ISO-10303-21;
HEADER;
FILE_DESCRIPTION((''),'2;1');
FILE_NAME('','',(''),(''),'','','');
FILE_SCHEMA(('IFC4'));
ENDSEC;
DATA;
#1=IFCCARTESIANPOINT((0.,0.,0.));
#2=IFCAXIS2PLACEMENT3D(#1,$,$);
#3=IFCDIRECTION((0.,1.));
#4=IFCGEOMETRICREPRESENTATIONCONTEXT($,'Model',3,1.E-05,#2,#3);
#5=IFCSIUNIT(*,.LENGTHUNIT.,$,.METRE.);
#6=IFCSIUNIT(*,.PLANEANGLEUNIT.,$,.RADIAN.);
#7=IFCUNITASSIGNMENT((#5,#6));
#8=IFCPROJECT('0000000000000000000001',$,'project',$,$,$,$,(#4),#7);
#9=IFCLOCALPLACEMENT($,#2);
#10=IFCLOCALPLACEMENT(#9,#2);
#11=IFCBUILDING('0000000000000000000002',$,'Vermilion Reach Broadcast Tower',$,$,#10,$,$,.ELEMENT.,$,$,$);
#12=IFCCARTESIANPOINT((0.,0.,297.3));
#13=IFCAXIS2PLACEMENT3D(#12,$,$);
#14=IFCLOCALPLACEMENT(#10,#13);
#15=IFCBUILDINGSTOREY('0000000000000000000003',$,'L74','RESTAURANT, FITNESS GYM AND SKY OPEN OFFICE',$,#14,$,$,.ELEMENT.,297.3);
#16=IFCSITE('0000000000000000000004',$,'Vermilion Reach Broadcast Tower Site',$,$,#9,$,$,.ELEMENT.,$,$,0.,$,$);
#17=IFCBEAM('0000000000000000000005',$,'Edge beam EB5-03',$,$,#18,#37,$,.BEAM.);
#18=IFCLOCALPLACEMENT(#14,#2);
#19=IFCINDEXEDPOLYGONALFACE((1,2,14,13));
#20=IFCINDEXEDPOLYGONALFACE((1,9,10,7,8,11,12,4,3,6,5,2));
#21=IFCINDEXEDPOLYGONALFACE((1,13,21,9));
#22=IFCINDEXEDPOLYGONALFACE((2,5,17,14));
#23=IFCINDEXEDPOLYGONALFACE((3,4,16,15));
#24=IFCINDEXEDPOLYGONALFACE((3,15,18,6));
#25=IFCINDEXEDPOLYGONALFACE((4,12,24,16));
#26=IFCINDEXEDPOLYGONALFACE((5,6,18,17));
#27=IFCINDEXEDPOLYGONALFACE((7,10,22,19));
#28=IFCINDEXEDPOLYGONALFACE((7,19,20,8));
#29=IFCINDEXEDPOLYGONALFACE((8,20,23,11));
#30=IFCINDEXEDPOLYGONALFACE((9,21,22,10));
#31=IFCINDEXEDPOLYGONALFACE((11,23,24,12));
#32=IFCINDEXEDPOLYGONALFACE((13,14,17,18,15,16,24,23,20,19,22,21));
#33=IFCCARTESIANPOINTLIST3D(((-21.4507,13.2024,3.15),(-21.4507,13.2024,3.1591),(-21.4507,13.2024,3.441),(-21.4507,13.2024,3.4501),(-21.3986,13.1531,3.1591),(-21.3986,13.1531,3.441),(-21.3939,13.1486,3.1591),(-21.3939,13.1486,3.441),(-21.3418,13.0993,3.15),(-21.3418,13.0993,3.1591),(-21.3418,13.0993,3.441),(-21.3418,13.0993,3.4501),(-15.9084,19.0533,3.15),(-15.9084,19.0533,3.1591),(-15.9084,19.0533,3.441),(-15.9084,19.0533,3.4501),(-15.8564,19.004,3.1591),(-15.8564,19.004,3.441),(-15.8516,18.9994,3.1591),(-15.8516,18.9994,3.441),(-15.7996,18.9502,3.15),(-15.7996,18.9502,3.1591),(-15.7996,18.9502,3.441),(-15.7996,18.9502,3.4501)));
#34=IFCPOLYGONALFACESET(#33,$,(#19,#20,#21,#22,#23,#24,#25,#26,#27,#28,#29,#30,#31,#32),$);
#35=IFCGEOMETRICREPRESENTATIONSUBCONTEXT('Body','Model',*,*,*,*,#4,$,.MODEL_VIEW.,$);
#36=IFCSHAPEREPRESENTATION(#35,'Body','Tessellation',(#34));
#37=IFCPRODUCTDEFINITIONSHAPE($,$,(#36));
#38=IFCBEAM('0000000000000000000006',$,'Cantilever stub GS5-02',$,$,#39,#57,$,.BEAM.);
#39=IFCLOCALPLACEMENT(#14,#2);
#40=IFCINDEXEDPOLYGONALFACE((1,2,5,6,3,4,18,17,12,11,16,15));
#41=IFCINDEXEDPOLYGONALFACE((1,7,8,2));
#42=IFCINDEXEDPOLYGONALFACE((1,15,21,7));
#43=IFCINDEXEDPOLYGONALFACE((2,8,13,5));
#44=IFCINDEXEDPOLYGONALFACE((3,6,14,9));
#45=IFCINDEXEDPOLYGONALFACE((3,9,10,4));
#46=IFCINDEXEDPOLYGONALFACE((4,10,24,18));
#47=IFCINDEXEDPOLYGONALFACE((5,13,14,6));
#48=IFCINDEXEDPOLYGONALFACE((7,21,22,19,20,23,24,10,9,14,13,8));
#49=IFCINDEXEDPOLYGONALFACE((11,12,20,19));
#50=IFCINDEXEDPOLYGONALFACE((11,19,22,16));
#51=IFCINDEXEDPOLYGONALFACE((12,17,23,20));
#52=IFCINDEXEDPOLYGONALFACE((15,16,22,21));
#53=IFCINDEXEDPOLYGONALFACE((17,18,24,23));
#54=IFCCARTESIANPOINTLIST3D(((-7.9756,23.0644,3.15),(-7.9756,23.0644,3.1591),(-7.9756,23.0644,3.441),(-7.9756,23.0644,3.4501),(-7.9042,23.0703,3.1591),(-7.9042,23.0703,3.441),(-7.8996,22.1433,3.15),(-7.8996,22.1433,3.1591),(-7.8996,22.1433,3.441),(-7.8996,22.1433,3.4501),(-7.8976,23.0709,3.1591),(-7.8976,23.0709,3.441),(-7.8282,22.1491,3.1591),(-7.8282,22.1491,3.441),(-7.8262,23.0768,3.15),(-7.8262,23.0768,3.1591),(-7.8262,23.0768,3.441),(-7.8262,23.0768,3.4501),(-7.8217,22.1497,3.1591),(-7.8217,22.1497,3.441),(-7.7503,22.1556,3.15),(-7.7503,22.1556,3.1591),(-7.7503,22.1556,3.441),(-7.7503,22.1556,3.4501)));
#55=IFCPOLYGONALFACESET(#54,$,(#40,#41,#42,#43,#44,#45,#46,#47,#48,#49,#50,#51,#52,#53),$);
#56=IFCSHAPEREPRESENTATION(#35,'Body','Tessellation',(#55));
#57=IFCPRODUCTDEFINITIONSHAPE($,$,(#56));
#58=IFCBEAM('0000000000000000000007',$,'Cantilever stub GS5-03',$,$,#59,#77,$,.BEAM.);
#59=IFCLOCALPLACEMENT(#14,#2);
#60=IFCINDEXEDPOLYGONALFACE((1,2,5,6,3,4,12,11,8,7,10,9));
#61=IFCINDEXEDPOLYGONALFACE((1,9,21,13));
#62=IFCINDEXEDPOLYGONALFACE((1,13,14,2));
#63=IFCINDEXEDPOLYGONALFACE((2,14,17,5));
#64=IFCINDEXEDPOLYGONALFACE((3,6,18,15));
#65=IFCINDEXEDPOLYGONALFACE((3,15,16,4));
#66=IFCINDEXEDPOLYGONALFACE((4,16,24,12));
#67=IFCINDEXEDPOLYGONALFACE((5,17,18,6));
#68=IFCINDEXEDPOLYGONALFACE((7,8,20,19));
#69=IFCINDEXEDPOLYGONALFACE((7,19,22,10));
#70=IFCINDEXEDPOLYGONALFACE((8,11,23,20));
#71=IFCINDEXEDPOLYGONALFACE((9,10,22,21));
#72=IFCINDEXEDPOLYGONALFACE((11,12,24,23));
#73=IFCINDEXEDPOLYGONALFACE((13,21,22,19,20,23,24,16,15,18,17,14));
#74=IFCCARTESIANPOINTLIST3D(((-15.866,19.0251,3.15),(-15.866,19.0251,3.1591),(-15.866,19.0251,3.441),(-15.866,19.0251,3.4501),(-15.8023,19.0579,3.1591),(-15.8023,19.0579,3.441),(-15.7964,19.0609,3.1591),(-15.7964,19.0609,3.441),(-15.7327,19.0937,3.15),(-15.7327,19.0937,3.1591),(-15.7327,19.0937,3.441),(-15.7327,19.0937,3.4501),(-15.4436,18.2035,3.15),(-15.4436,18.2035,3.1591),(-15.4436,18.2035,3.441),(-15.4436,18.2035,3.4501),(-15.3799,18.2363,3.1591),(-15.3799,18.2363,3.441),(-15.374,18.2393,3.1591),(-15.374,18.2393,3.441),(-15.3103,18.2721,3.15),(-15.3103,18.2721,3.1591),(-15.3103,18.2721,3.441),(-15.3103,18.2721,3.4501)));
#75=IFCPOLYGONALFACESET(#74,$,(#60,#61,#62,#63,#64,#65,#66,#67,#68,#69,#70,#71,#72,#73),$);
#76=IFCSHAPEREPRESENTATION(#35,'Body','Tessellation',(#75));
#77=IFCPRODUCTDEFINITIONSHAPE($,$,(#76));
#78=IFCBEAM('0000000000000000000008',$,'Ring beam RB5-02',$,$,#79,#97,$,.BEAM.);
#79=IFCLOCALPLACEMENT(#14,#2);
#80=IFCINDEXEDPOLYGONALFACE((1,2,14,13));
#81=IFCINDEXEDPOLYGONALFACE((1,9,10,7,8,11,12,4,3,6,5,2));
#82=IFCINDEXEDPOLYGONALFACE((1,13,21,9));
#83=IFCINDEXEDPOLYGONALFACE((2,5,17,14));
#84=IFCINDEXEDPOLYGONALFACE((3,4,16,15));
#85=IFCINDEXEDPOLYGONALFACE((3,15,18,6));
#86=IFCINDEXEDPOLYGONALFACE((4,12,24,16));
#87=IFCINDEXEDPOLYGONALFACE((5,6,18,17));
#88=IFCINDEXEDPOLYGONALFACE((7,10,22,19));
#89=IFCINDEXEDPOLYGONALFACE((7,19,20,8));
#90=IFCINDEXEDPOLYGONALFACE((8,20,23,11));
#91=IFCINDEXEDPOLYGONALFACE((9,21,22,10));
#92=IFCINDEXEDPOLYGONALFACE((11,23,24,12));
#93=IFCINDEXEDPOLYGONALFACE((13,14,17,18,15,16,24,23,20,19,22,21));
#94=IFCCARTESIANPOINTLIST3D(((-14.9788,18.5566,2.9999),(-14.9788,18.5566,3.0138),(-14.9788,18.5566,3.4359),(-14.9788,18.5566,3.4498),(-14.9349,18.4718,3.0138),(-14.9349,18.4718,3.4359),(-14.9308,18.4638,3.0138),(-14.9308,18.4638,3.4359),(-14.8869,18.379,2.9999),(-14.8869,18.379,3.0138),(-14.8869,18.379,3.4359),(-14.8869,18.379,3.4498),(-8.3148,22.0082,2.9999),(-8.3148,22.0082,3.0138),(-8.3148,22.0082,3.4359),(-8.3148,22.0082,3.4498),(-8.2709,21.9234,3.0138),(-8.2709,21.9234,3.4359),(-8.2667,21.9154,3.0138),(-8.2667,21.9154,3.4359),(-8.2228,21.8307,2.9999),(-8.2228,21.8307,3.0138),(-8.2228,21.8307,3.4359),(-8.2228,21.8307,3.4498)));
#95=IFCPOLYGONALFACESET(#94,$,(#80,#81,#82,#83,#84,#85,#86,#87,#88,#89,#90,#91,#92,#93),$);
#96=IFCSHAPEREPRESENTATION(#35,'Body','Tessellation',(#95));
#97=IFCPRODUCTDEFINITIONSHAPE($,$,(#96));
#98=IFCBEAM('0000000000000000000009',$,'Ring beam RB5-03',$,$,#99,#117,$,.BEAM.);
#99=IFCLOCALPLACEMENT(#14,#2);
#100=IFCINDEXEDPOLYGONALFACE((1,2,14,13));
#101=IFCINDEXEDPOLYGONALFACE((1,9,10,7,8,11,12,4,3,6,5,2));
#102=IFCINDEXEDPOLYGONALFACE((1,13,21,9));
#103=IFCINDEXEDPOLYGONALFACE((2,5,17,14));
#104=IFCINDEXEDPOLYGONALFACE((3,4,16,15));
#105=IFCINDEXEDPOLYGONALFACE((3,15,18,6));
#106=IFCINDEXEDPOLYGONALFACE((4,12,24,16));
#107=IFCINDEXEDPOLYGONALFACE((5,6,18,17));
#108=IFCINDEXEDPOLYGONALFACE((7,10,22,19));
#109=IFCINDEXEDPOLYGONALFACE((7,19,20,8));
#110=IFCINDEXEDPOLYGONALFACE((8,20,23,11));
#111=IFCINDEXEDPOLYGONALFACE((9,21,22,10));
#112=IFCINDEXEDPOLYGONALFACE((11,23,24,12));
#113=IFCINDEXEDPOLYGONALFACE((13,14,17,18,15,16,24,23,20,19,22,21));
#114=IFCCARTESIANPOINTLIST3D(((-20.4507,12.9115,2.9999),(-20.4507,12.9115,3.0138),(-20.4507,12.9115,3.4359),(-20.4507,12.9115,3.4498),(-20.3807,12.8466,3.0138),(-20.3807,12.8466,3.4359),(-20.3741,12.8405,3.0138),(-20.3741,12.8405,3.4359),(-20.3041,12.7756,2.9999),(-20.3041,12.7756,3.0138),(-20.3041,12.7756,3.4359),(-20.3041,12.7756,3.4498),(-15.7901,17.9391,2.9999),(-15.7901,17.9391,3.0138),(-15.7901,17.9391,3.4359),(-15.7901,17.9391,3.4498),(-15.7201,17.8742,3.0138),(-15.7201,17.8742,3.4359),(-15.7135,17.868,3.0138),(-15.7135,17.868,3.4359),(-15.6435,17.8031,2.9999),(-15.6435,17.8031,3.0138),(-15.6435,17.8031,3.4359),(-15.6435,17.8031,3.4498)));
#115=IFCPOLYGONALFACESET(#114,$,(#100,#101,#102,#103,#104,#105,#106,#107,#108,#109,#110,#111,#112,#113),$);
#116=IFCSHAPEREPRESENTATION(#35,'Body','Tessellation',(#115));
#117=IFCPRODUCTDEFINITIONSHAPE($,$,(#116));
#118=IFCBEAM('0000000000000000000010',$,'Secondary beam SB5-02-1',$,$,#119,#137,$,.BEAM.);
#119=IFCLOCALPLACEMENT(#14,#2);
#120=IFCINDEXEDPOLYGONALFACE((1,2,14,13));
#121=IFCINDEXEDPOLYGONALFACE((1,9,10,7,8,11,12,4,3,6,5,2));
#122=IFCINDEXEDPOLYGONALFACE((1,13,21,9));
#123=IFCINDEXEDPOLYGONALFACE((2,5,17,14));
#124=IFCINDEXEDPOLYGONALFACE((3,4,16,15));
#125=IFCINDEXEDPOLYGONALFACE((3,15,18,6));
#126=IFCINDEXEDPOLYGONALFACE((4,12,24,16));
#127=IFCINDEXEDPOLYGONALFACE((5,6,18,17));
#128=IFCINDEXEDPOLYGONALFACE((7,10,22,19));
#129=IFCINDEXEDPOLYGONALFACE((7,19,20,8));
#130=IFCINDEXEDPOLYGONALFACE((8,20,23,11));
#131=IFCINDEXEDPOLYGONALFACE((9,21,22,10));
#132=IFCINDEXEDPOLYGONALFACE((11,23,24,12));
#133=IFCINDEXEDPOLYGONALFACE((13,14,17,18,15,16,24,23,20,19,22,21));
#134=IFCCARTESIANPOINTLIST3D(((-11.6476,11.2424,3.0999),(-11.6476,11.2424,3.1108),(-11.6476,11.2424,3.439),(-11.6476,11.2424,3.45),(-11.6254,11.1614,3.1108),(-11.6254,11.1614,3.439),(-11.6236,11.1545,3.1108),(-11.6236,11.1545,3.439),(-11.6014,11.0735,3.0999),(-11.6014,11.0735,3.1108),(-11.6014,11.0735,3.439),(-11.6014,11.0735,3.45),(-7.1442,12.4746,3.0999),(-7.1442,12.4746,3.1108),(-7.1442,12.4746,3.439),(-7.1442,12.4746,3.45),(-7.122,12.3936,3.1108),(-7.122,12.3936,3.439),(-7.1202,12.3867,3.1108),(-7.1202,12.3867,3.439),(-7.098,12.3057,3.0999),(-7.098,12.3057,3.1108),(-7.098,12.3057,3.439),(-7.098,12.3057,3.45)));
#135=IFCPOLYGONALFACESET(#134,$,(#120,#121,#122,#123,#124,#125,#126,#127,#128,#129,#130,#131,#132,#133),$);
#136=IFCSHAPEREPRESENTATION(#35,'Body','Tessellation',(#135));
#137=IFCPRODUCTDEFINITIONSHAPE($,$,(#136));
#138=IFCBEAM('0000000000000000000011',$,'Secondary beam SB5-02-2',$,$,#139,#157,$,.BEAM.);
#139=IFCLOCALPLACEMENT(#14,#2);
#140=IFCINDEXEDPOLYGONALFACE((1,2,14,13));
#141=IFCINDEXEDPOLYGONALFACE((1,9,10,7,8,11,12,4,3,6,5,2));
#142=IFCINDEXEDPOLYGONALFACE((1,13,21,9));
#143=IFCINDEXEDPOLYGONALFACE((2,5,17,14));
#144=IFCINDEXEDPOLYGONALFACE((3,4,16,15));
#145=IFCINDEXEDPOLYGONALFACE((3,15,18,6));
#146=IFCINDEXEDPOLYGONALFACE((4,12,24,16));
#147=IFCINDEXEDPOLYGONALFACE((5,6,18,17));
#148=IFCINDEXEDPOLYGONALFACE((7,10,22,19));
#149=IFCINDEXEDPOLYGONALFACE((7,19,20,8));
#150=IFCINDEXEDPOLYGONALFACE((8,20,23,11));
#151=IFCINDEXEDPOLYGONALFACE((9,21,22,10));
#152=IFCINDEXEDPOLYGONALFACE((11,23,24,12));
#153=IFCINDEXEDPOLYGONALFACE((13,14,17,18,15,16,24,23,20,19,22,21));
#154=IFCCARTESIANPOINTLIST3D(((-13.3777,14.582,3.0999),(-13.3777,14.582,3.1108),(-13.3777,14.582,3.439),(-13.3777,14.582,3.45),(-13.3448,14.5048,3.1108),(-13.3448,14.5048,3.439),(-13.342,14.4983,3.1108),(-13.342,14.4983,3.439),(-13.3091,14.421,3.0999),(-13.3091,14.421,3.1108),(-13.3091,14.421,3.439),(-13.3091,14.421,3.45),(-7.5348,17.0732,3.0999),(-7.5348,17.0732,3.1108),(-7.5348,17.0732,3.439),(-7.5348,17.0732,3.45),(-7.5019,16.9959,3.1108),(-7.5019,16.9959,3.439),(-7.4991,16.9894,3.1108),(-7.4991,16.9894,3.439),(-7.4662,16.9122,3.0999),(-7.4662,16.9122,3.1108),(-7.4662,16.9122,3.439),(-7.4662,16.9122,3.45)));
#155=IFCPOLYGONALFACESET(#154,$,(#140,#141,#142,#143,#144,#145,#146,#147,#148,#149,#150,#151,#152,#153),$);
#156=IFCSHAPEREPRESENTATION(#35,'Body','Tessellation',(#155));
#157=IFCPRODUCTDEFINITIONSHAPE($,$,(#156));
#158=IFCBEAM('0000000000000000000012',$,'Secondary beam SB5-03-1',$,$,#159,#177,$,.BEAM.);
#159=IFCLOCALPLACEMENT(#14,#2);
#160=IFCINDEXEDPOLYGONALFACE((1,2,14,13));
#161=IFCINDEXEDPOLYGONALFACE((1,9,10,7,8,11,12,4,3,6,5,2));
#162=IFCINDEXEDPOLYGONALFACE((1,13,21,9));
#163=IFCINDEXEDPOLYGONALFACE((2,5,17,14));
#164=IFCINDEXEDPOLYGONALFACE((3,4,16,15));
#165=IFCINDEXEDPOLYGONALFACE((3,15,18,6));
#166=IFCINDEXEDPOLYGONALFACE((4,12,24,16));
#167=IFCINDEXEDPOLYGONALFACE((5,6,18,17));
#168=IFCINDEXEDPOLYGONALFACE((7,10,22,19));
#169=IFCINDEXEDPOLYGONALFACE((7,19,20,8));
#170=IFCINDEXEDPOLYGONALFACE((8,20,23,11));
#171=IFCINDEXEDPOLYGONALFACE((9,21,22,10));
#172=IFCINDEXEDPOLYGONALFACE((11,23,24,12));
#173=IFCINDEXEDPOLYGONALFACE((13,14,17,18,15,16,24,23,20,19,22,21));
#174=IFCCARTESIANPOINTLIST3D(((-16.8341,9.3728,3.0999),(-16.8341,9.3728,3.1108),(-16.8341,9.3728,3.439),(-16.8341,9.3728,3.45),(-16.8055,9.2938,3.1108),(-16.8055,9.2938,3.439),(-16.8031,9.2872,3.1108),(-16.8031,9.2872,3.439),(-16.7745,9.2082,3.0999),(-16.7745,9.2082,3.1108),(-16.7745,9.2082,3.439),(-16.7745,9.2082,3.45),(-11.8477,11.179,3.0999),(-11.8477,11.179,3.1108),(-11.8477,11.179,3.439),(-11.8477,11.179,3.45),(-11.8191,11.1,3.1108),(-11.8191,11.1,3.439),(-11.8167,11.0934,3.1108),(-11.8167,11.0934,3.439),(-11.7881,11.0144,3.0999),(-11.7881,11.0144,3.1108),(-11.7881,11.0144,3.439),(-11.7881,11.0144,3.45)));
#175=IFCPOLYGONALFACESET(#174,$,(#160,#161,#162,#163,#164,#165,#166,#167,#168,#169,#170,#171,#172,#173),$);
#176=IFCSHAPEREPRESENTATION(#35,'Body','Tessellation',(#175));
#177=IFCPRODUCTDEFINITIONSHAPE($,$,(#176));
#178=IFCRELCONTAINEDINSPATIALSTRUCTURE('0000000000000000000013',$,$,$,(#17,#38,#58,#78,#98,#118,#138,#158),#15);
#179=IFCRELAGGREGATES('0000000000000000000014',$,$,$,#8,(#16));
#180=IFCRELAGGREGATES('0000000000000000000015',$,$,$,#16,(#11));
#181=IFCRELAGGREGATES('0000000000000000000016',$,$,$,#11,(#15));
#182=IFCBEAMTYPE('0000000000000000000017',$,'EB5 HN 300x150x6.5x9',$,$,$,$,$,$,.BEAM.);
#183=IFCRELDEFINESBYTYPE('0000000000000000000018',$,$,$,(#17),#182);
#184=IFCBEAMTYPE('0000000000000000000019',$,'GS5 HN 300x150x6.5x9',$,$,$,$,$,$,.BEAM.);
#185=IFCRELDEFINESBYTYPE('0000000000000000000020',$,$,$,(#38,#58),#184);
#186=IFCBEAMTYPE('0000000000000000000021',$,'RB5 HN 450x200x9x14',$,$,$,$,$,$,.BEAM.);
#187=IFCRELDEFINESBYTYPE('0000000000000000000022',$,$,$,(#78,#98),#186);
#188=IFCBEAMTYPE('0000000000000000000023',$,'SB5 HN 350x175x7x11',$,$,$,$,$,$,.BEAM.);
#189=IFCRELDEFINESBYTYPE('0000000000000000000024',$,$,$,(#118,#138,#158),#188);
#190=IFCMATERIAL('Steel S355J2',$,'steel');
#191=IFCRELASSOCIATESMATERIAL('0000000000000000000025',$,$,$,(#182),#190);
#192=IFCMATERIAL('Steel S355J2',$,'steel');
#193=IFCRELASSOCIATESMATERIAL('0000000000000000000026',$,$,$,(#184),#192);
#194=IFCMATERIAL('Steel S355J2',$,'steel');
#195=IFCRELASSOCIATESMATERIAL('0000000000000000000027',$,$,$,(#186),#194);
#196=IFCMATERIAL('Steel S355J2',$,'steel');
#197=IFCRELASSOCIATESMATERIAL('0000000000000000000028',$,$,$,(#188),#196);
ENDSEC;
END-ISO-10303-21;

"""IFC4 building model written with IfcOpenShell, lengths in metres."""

from ifc_helpers import new_model, si_unit, direction, frame, origin, origin_2d, place, context, subcontext, project, spatial, i_section, extrude, material, material_profile, profile_set, type_object, element, save


model = new_model("IFC4")

# Units and contexts
model_context = context("Model", 3, precision=1e-05, world=origin(), true_north=direction((0.0, 1.0)))
body_context = subcontext(model_context, "Body", "Model", "MODEL_VIEW")
ifc_project = project(units=[si_unit("LENGTHUNIT", "METRE"), si_unit("PLANEANGLEUNIT", "RADIAN")], contexts=[model_context])

# Site, building, storey
site_placement = place(None, origin())
site = spatial("IfcSite", under=ifc_project, at=site_placement, Name="Vermilion Reach Broadcast Tower Site", CompositionType="ELEMENT", RefElevation=0.0)
building_placement = place(site_placement, origin())
building = spatial("IfcBuilding", under=site, at=building_placement, Name="Vermilion Reach Broadcast Tower", CompositionType="ELEMENT")
storey_placement = place(building_placement, frame((0.0, 0.0, 297.3)))
storey = spatial("IfcBuildingStorey", under=building, at=storey_placement, Name="L74", Description="RESTAURANT, FITNESS GYM AND SKY OPEN OFFICE", CompositionType="ELEMENT", Elevation=297.3)

# Beams
ifc_material_1 = material(Name="Steel S355J2", Category="steel")
ifc_material_profile_1 = material_profile(ifc_material_1, i_section(OverallWidth=0.1499, OverallDepth=0.3, WebThickness=0.0066, FlangeThickness=0.009, at=origin_2d()), Name="S355J2 HN 300x150x6.5x9")
ifc_profile_set_1 = profile_set([ifc_material_profile_1], Name="Steel S355J2")
beam_type_1 = type_object("IfcBeamType", Name="EB5 HN 300x150x6.5x9", PredefinedType="BEAM", material=ifc_profile_set_1)
beam_1_placement = place(storey_placement, frame((-15.854, 19.0017, 3.3), z_axis=(-0.687702, -0.725993, 0.0), x_axis=(0.725993, -0.687702, 0.0)))
element("IfcBeam", 1, at=beam_1_placement, inside=storey, type_object=beam_type_1, Name="Edge beam EB5-03", PredefinedType="BEAM", context=body_context, shape_type="SweptSolid", body=[
    extrude(i_section(OverallWidth=0.1499, OverallDepth=0.3, WebThickness=0.0066, FlangeThickness=0.009, at=origin_2d()), origin(), (0.0, 0.0, 1.0), 8.0591),
])
ifc_material_2 = material(Name="Steel S355J2", Category="steel")
ifc_material_profile_2 = material_profile(ifc_material_2, i_section(OverallWidth=0.1499, OverallDepth=0.3, WebThickness=0.0066, FlangeThickness=0.009, at=origin_2d()), Name="S355J2 HN 300x150x6.5x9")
ifc_profile_set_2 = profile_set([ifc_material_profile_2], Name="Steel S355J2")
beam_type_2 = type_object("IfcBeamType", Name="GS5 HN 300x150x6.5x9", PredefinedType="BEAM", material=ifc_profile_set_2)
beam_2_placement = place(storey_placement, frame((-7.825, 22.1494, 3.3), z_axis=(-0.082149, 0.99662, 0.0), x_axis=(-0.99662, -0.082149, 0.0)))
element("IfcBeam", 2, at=beam_2_placement, inside=storey, type_object=beam_type_2, Name="Cantilever stub GS5-02", PredefinedType="BEAM", context=body_context, shape_type="SweptSolid", body=[
    extrude(i_section(OverallWidth=0.1499, OverallDepth=0.3, WebThickness=0.0066, FlangeThickness=0.009, at=origin_2d()), origin(), (0.0, 0.0, 1.0), 0.9243),
])
beam_3_placement = place(storey_placement, frame((-15.377, 18.2378, 3.3), z_axis=(-0.457229, 0.889349, 0.0), x_axis=(-0.889349, -0.457229, 0.0)))
element("IfcBeam", 3, at=beam_3_placement, inside=storey, type_object=beam_type_2, Name="Cantilever stub GS5-03", PredefinedType="BEAM", context=body_context, shape_type="SweptSolid", body=[
    extrude(i_section(OverallWidth=0.1499, OverallDepth=0.3, WebThickness=0.0066, FlangeThickness=0.009, at=origin_2d()), origin(), (0.0, 0.0, 1.0), 0.9238),
])
ifc_material_3 = material(Name="Steel S355J2", Category="steel")
ifc_material_profile_3 = material_profile(ifc_material_3, i_section(OverallWidth=0.2, OverallDepth=0.45, WebThickness=0.009, FlangeThickness=0.0139, at=origin_2d()), Name="S355J2 HN 450x200x9x14")
ifc_profile_set_3 = profile_set([ifc_material_profile_3], Name="Steel S355J2")
beam_type_3 = type_object("IfcBeamType", Name="RB5 HN 450x200x9x14", PredefinedType="BEAM", material=ifc_profile_set_3)
beam_4_placement = place(storey_placement, frame((-8.2688, 21.9194, 3.2249), z_axis=(-0.88796, -0.45992, 0.0), x_axis=(0.45992, -0.88796, 0.0)))
element("IfcBeam", 4, at=beam_4_placement, inside=storey, type_object=beam_type_3, Name="Ring beam RB5-02", PredefinedType="BEAM", context=body_context, shape_type="SweptSolid", body=[
    extrude(i_section(OverallWidth=0.2, OverallDepth=0.45, WebThickness=0.009, FlangeThickness=0.0139, at=origin_2d()), origin(), (0.0, 0.0, 1.0), 7.5049),
])
beam_5_placement = place(storey_placement, frame((-15.7168, 17.8711, 3.2249), z_axis=(-0.679838, -0.733363, 0.0), x_axis=(0.733363, -0.679838, 0.0)))
element("IfcBeam", 5, at=beam_5_placement, inside=storey, type_object=beam_type_3, Name="Ring beam RB5-03", PredefinedType="BEAM", context=body_context, shape_type="SweptSolid", body=[
    extrude(i_section(OverallWidth=0.2, OverallDepth=0.45, WebThickness=0.009, FlangeThickness=0.0139, at=origin_2d()), origin(), (0.0, 0.0, 1.0), 6.8555),
])
ifc_material_4 = material(Name="Steel S355J2", Category="steel")
ifc_material_profile_4 = material_profile(ifc_material_4, i_section(OverallWidth=0.175, OverallDepth=0.3501, WebThickness=0.0071, FlangeThickness=0.011, at=origin_2d()), Name="S355J2 HN 350x175x7x11")
ifc_profile_set_4 = profile_set([ifc_material_profile_4], Name="Steel S355J2")
beam_type_4 = type_object("IfcBeamType", Name="SB5 HN 350x175x7x11", PredefinedType="BEAM", material=ifc_profile_set_4)
beam_6_placement = place(storey_placement, frame((-7.1211, 12.3901, 3.2749), z_axis=(-0.964547, -0.263909, 0.0), x_axis=(0.263909, -0.964547, 0.0)))
element("IfcBeam", 6, at=beam_6_placement, inside=storey, type_object=beam_type_4, Name="Secondary beam SB5-02-1", PredefinedType="BEAM", context=body_context, shape_type="SweptSolid", body=[
    extrude(i_section(OverallWidth=0.175, OverallDepth=0.3501, WebThickness=0.0071, FlangeThickness=0.011, at=origin_2d()), origin(), (0.0, 0.0, 1.0), 4.6689),
])
beam_7_placement = place(storey_placement, frame((-7.5005, 16.9927, 3.2749), z_axis=(-0.919881, -0.392198, 0.0), x_axis=(0.392198, -0.919881, 0.0)))
element("IfcBeam", 7, at=beam_7_placement, inside=storey, type_object=beam_type_4, Name="Secondary beam SB5-02-2", PredefinedType="BEAM", context=body_context, shape_type="SweptSolid", body=[
    extrude(i_section(OverallWidth=0.175, OverallDepth=0.3501, WebThickness=0.0071, FlangeThickness=0.011, at=origin_2d()), origin(), (0.0, 0.0, 1.0), 6.3518),
])
beam_8_placement = place(storey_placement, frame((-11.8179, 11.0967, 3.2749), z_axis=(-0.94022, -0.340567, 0.0), x_axis=(0.340567, -0.94022, 0.0)))
element("IfcBeam", 8, at=beam_8_placement, inside=storey, type_object=beam_type_4, Name="Secondary beam SB5-03-1", PredefinedType="BEAM", context=body_context, shape_type="SweptSolid", body=[
    extrude(i_section(OverallWidth=0.175, OverallDepth=0.3501, WebThickness=0.0071, FlangeThickness=0.011, at=origin_2d()), origin(), (0.0, 0.0, 1.0), 5.3035),
])

save(model, "model.ifc")
